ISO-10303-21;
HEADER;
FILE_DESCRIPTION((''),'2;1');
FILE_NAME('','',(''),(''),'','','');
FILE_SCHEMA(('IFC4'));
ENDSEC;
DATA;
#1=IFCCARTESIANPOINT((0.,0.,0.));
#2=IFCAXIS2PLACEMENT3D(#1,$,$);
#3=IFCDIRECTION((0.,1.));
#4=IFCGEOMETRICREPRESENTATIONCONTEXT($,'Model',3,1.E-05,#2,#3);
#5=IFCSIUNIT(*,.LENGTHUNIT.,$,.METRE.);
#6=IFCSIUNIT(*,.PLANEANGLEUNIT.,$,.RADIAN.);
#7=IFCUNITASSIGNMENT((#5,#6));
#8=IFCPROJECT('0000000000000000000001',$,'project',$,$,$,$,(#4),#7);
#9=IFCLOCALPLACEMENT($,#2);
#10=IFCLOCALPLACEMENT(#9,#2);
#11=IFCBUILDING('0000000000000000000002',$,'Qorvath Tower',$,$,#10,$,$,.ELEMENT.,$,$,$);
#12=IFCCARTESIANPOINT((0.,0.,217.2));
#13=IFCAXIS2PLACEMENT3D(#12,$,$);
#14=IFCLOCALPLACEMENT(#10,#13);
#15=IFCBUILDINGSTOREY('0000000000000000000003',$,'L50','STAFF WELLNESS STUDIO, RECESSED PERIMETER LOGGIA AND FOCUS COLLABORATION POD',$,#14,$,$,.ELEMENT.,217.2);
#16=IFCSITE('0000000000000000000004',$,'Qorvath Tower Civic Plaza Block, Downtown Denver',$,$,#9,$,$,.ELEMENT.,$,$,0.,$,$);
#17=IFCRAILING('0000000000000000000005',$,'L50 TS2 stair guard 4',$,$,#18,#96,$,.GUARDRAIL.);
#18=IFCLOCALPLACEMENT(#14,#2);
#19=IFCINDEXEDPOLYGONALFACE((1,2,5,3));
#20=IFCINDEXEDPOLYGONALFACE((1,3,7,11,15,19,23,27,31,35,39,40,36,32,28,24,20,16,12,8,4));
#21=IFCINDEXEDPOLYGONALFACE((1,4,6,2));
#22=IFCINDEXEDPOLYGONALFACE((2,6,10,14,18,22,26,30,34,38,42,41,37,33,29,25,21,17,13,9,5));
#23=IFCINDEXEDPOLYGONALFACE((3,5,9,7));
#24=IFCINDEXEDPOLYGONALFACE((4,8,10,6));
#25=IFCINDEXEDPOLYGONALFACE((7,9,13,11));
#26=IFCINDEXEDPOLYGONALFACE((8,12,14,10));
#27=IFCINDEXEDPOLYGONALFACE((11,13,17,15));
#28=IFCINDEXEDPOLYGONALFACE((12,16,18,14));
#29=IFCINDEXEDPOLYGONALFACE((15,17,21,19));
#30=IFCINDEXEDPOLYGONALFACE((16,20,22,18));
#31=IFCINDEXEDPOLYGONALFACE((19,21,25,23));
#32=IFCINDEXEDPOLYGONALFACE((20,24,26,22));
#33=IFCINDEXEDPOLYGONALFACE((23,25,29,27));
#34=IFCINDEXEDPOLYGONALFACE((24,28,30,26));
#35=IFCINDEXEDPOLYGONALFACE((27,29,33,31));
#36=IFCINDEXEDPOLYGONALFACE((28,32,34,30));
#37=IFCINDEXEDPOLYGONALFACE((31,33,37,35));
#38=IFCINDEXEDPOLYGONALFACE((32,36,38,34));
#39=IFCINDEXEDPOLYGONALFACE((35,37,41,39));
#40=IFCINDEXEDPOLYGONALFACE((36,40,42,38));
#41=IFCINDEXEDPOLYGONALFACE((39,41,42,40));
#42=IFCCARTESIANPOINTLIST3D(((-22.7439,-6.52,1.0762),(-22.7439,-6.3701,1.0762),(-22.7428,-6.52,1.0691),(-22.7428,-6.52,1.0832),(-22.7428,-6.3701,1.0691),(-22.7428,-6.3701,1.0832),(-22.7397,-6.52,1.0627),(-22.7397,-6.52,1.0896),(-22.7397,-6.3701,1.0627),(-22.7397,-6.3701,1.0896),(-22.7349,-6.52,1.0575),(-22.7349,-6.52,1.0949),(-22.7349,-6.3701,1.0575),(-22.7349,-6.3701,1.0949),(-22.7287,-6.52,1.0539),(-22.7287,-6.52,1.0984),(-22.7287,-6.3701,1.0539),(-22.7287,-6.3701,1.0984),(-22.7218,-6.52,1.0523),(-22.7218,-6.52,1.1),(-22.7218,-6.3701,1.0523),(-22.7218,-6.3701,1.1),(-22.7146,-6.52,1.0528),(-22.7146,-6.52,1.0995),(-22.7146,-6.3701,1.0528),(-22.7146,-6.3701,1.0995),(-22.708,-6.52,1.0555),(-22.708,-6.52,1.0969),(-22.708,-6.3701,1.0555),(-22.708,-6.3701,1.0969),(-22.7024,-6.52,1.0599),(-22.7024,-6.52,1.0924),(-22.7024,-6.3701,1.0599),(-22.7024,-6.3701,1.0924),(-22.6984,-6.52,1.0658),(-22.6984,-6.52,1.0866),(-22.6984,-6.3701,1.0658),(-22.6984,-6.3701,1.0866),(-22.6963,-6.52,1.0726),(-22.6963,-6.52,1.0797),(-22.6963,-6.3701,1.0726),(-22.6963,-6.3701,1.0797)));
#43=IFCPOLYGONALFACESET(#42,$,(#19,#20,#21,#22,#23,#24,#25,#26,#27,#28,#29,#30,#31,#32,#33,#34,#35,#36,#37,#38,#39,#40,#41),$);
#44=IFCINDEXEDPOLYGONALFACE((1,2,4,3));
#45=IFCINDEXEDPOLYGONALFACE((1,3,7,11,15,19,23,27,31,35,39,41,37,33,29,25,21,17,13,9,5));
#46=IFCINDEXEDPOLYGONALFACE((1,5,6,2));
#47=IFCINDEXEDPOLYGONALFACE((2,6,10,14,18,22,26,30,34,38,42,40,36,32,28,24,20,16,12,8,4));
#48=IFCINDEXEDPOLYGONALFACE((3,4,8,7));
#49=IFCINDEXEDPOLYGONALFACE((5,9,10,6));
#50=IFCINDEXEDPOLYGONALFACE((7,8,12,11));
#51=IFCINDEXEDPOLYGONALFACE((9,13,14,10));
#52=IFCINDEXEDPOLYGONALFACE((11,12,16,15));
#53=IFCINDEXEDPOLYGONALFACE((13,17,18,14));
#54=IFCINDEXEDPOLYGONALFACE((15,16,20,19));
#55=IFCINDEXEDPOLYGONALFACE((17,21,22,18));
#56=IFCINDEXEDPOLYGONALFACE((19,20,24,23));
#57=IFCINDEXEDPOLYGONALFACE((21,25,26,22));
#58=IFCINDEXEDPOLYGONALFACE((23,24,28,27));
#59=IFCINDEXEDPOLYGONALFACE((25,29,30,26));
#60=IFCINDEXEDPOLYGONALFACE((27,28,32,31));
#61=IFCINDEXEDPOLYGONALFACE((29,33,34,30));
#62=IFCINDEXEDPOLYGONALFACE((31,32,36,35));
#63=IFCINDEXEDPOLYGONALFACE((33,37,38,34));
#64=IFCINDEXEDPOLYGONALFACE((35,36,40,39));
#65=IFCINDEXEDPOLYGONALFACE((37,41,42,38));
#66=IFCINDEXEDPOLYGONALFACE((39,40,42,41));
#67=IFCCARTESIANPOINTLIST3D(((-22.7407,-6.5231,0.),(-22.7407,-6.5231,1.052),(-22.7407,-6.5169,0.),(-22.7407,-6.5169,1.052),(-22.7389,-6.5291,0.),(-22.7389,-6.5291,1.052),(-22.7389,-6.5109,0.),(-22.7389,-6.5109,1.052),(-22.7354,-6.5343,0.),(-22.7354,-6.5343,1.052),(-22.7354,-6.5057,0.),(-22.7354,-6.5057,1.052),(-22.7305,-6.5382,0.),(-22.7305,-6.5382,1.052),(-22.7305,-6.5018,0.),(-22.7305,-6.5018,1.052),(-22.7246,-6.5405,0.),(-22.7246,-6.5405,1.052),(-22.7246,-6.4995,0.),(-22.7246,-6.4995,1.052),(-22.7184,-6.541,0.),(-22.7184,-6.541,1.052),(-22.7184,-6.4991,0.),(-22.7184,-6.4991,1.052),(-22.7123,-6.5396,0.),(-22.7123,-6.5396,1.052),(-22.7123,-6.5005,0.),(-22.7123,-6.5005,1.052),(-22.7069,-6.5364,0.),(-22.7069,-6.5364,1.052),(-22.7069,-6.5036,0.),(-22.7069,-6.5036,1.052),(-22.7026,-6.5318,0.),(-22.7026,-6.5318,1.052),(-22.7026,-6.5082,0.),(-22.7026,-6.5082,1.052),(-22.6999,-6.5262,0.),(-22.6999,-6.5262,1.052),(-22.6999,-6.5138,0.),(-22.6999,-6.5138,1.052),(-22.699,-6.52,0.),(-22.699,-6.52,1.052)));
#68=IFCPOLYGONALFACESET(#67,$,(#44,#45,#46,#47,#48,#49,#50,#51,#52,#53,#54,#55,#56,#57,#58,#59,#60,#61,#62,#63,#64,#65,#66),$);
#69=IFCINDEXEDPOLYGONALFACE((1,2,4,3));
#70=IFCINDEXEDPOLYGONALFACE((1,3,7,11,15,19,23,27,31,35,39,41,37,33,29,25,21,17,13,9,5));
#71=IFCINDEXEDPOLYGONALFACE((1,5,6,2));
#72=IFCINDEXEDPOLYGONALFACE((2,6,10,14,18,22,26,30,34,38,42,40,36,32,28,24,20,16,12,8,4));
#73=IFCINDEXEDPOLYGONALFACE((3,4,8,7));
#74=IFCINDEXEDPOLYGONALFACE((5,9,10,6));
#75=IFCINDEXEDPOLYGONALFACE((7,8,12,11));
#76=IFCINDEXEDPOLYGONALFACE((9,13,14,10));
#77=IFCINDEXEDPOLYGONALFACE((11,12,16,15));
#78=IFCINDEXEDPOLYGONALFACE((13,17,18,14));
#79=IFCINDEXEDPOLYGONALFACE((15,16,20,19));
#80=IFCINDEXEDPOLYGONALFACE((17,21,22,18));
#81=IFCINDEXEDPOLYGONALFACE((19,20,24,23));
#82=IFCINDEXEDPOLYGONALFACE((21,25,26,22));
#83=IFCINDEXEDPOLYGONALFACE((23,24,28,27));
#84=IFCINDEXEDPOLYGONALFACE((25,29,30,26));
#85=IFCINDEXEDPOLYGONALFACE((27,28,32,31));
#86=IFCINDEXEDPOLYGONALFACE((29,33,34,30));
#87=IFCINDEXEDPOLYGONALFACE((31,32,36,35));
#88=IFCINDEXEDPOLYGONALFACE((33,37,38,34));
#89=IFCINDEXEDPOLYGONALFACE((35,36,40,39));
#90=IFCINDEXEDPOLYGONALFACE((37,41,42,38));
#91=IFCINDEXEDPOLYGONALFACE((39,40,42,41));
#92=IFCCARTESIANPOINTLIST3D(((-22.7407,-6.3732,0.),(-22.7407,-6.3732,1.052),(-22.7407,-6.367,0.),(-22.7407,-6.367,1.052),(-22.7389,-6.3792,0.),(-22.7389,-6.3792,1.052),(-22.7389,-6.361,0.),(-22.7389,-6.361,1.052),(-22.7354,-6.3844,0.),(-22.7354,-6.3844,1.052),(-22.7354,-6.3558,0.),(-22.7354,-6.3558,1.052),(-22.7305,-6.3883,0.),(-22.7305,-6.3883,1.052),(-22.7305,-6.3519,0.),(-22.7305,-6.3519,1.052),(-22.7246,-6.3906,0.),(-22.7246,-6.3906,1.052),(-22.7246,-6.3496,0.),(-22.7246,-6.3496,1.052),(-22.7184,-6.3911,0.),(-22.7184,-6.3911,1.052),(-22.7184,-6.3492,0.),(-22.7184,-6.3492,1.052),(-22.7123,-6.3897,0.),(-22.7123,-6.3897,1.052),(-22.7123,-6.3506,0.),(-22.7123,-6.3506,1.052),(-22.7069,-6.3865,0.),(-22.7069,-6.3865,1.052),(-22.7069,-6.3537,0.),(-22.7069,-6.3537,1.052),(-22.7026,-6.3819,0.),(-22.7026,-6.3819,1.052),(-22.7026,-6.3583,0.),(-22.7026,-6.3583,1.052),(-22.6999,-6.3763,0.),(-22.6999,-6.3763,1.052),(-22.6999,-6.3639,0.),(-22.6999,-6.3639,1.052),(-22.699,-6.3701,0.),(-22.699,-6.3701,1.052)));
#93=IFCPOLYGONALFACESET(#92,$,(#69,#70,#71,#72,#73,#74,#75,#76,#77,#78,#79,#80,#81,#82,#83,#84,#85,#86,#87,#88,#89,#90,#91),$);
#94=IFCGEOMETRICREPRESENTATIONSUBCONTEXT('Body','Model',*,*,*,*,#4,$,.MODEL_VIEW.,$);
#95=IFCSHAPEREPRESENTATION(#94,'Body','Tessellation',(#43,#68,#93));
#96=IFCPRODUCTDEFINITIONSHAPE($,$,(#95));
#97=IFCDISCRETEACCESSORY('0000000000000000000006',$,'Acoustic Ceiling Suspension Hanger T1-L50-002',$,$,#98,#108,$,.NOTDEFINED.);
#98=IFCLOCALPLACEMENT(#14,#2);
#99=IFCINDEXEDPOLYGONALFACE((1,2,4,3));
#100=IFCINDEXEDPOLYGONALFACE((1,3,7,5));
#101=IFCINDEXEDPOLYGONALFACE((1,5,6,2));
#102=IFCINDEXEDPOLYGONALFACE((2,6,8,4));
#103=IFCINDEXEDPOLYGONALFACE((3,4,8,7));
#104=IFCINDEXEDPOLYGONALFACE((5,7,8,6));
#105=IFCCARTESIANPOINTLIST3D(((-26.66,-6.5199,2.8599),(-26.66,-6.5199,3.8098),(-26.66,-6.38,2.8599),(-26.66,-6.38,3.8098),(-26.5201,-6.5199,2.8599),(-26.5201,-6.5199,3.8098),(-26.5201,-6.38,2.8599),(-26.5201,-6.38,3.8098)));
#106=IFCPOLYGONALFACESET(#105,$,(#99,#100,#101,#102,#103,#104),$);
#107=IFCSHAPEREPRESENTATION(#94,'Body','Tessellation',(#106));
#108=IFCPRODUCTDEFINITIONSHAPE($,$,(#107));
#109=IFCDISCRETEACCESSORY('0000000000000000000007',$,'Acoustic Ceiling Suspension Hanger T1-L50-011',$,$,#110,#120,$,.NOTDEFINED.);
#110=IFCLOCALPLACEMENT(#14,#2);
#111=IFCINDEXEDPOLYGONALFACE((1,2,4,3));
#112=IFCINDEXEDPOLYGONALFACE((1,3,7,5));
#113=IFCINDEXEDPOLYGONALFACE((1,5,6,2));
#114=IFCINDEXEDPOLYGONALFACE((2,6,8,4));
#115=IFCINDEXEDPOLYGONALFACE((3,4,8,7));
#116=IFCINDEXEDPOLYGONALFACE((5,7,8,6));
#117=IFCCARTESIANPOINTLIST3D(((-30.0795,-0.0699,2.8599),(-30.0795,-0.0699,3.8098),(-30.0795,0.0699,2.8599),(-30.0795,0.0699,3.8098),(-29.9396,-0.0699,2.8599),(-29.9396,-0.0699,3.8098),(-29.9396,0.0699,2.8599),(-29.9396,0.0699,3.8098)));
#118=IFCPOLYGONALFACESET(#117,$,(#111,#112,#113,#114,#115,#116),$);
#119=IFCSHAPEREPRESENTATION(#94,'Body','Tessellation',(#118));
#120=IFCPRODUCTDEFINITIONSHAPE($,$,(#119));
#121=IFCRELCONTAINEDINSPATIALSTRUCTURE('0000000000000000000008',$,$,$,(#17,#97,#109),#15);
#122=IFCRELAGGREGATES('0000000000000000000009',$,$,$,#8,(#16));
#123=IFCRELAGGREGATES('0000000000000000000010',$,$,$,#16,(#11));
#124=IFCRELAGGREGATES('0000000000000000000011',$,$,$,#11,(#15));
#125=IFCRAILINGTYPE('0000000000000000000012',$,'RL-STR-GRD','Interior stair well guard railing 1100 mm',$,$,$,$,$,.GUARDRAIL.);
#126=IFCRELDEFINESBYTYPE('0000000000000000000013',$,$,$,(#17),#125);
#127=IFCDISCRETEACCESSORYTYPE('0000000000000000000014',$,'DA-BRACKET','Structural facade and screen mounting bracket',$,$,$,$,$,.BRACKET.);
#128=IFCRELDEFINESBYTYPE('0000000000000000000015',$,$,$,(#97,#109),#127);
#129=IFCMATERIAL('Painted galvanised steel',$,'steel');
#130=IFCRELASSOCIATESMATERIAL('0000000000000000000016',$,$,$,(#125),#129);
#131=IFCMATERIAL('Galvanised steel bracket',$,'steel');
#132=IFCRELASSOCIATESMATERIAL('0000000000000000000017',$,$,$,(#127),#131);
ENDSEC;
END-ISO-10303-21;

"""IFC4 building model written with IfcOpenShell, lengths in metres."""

from ifc_helpers import new_model, si_unit, direction, frame, origin, origin_2d, place, context, subcontext, project, spatial, rectangle, circle, extrude, material, type_object, element, save


model = new_model("IFC4")

# Units and contexts
model_context = context("Model", 3, precision=1e-05, world=origin(), true_north=direction((0.0, 1.0)))
body_context = subcontext(model_context, "Body", "Model", "MODEL_VIEW")
ifc_project = project(units=[si_unit("LENGTHUNIT", "METRE"), si_unit("PLANEANGLEUNIT", "RADIAN")], contexts=[model_context])

# Site, building, storey
site_placement = place(None, origin())
site = spatial("IfcSite", under=ifc_project, at=site_placement, Name="Qorvath Tower Civic Plaza Block, Downtown Denver", CompositionType="ELEMENT", RefElevation=0.0)
building_placement = place(site_placement, origin())
building = spatial("IfcBuilding", under=site, at=building_placement, Name="Qorvath Tower", CompositionType="ELEMENT")
storey_placement = place(building_placement, frame((0.0, 0.0, 217.2)))
storey = spatial("IfcBuildingStorey", under=building, at=storey_placement, Name="L50", Description="STAFF WELLNESS STUDIO, RECESSED PERIMETER LOGGIA AND FOCUS COLLABORATION POD", CompositionType="ELEMENT", Elevation=217.2)

# Railing
ifc_material_1 = material(Name="Painted galvanised steel", Category="steel")
railing_type = type_object("IfcRailingType", Name="RL-STR-GRD", Description="Interior stair well guard railing 1100 mm", PredefinedType="GUARDRAIL", material=ifc_material_1)
railing_1_placement = place(storey_placement, frame((-22.72, -6.52, 0.0)))
element("IfcRailing", 1, at=railing_1_placement, inside=storey, type_object=railing_type, Name="L50 TS2 stair guard 4", PredefinedType="GUARDRAIL", context=body_context, shape_type="SweptSolid", body=[
    extrude(circle(Radius=0.0239, at=origin_2d()), frame((0.0, 0.0, 1.0762), z_axis=(0.0, 1.0, 0.0), x_axis=(-1.0, 0.0, 0.0)), (0.0, 0.0, 1.0), 0.1499),
    extrude(circle(Radius=0.021, at=origin_2d()), origin(), (0.0, 0.0, 1.0), 1.052),
    extrude(circle(Radius=0.021, at=origin_2d()), frame((0.0, 0.1499, 0.0)), (0.0, 0.0, 1.0), 1.052),
])

# Discrete accessories
ifc_material_2 = material(Name="Galvanised steel bracket", Category="steel")
discrete_accessory_type = type_object("IfcDiscreteAccessoryType", Name="DA-BRACKET", Description="Structural facade and screen mounting bracket", PredefinedType="BRACKET", material=ifc_material_2)
for number, where, z_axis, x_axis, name in (
    (2, (-26.5901, -6.45, 2.8599), (0.0, 0.0, 1.0), (1.0, 0.0, 0.0), "Acoustic Ceiling Suspension Hanger T1-L50-002"),
    (3, (-30.0095, 0.0, 2.8599), (0.0, 0.0, 1.0), (1.0, 0.0, 0.0), "Acoustic Ceiling Suspension Hanger T1-L50-011"),
):
    element("IfcDiscreteAccessory", number, at=place(storey_placement, frame(where, z_axis=z_axis, x_axis=x_axis)), inside=storey, type_object=discrete_accessory_type, Name=name, PredefinedType="NOTDEFINED", context=body_context, shape_type="SweptSolid", body=[
        extrude(rectangle(XDim=0.1399, YDim=0.1399, at=origin_2d()), origin(), (0.0, 0.0, 1.0), 0.95),
    ])

save(model, "model.ifc")
